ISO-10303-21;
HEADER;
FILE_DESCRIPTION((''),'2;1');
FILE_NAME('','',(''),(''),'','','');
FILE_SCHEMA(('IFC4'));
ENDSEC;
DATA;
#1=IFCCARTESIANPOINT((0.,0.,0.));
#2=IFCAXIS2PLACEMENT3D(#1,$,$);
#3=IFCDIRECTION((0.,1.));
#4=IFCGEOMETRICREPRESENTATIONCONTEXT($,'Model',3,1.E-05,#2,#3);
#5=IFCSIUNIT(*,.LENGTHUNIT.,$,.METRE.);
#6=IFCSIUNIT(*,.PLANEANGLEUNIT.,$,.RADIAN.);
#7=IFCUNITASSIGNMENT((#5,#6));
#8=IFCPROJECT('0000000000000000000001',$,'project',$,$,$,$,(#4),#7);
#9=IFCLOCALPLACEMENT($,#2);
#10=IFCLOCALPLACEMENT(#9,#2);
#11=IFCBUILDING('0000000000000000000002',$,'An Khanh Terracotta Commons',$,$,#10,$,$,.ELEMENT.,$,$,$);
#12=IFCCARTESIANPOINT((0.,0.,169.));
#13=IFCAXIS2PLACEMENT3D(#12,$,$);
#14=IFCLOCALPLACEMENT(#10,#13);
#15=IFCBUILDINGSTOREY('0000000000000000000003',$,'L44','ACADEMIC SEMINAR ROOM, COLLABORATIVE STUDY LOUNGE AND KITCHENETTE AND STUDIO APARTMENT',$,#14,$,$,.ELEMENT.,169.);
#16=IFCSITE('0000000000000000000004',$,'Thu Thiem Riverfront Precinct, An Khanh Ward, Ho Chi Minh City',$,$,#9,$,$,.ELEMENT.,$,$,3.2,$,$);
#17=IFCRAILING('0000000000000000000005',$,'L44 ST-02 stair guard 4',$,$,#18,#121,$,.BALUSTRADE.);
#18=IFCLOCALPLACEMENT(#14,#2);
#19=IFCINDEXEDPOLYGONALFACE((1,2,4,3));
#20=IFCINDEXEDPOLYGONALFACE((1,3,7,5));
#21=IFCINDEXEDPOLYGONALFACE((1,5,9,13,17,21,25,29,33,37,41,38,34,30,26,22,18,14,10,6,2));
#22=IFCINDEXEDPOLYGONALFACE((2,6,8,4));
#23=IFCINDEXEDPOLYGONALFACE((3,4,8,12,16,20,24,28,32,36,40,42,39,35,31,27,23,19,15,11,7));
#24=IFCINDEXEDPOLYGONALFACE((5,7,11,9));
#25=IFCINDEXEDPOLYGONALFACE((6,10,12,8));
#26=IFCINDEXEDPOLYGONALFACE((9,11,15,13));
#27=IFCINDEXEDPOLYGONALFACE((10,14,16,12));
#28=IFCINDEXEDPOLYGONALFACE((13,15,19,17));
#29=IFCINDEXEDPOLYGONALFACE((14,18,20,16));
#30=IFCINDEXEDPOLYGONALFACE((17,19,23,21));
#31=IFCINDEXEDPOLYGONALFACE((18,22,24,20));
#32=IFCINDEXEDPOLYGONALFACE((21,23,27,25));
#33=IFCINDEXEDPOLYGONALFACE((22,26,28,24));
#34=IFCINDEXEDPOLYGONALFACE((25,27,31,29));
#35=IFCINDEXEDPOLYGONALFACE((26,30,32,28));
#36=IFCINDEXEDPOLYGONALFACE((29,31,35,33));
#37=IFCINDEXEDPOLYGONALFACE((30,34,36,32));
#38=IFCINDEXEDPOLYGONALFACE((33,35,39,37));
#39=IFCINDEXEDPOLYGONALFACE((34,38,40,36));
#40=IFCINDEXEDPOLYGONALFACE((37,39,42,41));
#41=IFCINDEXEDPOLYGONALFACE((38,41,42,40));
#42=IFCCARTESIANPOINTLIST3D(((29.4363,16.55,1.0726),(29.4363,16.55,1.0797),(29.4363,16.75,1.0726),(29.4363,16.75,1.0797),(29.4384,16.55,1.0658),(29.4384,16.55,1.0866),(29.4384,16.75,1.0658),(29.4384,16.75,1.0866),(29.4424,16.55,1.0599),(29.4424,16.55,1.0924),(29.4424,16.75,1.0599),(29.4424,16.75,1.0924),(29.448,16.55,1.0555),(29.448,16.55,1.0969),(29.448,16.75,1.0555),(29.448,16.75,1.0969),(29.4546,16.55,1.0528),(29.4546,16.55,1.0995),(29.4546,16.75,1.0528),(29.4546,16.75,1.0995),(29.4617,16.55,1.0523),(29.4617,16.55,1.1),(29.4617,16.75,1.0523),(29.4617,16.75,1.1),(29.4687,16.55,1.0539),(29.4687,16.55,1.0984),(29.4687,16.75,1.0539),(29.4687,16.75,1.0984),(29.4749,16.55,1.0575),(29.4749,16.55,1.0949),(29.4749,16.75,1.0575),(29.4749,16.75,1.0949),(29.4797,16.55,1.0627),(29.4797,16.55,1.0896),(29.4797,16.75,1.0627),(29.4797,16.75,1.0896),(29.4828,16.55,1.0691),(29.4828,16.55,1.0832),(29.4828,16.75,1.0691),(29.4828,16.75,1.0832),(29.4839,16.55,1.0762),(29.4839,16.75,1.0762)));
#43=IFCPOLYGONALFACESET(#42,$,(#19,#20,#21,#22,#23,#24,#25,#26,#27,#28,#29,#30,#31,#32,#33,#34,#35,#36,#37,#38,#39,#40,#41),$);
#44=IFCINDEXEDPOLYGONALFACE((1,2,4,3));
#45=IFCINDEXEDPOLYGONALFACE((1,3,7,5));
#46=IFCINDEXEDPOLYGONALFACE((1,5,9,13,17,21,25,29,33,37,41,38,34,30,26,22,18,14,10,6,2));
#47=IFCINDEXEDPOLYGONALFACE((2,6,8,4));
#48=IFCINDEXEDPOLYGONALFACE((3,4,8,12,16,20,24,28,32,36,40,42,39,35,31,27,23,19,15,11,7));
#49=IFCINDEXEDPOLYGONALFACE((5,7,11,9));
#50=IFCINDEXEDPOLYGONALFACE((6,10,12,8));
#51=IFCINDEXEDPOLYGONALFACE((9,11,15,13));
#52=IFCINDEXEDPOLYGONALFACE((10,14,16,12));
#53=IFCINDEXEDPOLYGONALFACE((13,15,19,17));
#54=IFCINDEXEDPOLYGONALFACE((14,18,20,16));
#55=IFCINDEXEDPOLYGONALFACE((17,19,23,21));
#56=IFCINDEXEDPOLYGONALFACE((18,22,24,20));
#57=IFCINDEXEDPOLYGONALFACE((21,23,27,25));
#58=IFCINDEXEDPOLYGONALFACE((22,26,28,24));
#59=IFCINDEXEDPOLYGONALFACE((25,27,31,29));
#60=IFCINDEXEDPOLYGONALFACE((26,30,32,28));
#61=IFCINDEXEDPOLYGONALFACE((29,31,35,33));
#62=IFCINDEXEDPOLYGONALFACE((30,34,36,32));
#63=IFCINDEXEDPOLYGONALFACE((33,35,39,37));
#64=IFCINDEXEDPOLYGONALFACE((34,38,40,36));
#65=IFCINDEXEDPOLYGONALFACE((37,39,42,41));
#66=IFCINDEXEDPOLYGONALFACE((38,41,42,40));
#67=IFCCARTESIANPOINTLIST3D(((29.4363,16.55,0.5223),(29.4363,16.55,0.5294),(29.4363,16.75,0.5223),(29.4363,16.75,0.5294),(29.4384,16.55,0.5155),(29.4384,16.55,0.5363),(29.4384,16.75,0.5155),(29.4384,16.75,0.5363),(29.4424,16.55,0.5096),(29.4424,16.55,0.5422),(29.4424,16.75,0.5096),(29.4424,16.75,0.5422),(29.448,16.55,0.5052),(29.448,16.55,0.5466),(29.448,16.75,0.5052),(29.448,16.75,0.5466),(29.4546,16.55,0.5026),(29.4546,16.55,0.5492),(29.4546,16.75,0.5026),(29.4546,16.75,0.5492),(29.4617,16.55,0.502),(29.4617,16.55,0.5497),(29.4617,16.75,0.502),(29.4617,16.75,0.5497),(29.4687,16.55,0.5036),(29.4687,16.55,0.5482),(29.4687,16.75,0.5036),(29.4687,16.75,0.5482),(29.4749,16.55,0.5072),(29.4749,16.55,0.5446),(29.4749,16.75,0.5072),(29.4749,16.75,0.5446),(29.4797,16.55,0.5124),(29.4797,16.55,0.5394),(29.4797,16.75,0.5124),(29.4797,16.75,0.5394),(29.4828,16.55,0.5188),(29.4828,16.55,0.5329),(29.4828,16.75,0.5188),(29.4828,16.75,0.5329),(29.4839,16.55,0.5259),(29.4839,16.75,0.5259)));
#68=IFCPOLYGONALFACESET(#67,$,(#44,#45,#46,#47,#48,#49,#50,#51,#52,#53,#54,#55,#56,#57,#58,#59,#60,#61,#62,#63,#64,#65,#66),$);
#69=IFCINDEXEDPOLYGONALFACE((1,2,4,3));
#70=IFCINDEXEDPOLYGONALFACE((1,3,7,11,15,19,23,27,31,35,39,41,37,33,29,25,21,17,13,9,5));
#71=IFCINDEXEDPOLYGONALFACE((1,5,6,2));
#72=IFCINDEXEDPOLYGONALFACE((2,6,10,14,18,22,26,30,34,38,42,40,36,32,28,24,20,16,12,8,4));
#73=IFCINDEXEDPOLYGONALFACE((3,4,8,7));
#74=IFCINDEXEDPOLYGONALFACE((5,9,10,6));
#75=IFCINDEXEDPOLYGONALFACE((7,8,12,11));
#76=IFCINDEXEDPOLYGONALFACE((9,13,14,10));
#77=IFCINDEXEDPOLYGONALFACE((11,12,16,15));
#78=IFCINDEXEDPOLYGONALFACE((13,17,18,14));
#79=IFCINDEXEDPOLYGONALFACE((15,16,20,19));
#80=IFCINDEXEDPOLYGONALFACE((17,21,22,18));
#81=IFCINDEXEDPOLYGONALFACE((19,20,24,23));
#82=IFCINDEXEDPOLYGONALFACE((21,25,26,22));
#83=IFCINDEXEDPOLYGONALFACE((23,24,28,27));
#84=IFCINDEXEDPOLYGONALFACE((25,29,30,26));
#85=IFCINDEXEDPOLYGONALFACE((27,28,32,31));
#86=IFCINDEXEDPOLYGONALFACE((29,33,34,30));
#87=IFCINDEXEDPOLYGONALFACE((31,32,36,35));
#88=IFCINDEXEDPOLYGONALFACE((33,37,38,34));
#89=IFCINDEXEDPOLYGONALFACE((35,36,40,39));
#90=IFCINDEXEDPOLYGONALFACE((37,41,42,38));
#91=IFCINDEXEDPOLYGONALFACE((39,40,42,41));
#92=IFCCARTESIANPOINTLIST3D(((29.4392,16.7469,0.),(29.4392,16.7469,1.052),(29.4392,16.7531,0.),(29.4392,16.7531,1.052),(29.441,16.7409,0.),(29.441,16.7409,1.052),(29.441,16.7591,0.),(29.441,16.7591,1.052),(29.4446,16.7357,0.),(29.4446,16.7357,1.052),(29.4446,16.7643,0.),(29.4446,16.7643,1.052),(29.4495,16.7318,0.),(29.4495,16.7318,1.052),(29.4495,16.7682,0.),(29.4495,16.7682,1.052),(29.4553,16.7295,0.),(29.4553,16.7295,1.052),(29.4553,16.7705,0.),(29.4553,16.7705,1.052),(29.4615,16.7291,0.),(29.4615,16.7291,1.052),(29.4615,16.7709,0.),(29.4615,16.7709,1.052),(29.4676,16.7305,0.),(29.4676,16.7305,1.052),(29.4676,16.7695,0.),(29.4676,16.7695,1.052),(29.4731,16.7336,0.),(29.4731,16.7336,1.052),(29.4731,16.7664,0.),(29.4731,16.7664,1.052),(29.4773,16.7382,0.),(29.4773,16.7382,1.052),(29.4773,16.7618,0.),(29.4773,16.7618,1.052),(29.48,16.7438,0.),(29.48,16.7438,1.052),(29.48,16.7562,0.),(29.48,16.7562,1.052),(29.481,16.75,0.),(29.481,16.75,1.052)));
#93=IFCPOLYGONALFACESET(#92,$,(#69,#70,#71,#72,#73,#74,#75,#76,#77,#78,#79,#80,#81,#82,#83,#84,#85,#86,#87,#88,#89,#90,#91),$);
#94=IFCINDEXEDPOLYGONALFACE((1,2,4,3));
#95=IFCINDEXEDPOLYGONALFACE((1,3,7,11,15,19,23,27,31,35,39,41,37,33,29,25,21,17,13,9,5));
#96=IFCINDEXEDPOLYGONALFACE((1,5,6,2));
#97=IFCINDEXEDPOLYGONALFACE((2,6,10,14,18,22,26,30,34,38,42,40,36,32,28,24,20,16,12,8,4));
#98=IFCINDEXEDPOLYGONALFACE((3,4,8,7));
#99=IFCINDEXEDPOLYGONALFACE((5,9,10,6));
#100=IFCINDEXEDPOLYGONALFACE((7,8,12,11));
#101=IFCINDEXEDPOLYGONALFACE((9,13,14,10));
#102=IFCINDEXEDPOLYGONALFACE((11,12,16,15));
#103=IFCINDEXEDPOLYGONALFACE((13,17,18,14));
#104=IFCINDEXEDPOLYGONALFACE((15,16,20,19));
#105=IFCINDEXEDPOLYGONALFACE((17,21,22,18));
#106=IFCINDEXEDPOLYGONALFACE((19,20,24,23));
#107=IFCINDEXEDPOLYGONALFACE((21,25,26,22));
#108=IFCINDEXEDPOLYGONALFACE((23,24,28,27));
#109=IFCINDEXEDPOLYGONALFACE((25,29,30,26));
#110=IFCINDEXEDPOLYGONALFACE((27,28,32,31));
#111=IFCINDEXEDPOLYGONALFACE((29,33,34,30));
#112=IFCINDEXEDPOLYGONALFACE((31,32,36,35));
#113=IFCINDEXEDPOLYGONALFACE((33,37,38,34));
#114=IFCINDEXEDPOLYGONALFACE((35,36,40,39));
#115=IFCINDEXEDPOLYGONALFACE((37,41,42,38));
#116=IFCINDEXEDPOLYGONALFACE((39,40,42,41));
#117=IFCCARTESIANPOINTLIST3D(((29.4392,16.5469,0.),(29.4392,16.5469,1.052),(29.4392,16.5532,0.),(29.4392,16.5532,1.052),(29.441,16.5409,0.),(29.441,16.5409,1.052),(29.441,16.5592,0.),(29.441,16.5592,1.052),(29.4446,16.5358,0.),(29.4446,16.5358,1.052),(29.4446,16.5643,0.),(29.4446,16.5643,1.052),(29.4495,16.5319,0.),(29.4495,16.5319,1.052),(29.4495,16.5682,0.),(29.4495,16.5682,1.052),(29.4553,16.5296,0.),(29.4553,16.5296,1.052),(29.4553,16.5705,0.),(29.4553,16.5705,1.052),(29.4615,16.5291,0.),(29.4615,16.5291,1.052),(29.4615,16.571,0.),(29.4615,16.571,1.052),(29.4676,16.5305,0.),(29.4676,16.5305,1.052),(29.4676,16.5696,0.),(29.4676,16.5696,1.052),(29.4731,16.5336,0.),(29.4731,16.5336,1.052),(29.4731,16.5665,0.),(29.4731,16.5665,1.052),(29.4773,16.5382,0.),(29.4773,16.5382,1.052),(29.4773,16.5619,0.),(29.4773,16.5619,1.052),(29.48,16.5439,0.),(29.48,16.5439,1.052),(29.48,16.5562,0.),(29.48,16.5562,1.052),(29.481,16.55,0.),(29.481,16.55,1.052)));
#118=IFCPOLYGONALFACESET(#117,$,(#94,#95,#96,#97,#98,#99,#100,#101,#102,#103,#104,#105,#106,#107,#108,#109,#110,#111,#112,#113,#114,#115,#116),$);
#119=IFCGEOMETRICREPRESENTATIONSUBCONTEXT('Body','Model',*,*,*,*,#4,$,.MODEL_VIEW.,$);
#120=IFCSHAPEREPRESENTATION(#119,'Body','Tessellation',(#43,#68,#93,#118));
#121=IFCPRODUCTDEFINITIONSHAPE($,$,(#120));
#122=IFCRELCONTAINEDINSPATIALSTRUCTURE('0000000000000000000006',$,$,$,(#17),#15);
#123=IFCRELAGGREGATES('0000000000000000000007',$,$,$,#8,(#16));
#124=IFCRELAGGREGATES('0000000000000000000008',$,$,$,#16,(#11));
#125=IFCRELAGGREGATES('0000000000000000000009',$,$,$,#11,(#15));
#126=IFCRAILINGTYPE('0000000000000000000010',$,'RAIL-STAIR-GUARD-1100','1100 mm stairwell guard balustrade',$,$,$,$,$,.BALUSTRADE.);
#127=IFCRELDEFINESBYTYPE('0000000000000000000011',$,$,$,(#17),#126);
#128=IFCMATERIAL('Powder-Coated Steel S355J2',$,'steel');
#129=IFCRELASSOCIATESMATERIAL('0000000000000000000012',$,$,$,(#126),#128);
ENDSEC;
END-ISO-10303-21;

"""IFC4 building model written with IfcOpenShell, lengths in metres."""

from ifc_helpers import new_model, si_unit, direction, frame, origin, origin_2d, place, context, subcontext, project, spatial, circle, extrude, material, type_object, element, save


model = new_model("IFC4")

# Units and contexts
model_context = context("Model", 3, precision=1e-05, world=origin(), true_north=direction((0.0, 1.0)))
body_context = subcontext(model_context, "Body", "Model", "MODEL_VIEW")
ifc_project = project(units=[si_unit("LENGTHUNIT", "METRE"), si_unit("PLANEANGLEUNIT", "RADIAN")], contexts=[model_context])

# Site, building, storey
site_placement = place(None, origin())
site = spatial("IfcSite", under=ifc_project, at=site_placement, Name="Thu Thiem Riverfront Precinct, An Khanh Ward, Ho Chi Minh City", CompositionType="ELEMENT", RefElevation=3.2)
building_placement = place(site_placement, origin())
building = spatial("IfcBuilding", under=site, at=building_placement, Name="An Khanh Terracotta Commons", CompositionType="ELEMENT")
storey_placement = place(building_placement, frame((0.0, 0.0, 169.0)))
storey = spatial("IfcBuildingStorey", under=building, at=storey_placement, Name="L44", Description="ACADEMIC SEMINAR ROOM, COLLABORATIVE STUDY LOUNGE AND KITCHENETTE AND STUDIO APARTMENT", CompositionType="ELEMENT", Elevation=169.0)

# Railing
ifc_material_1 = material(Name="Powder-Coated Steel S355J2", Category="steel")
railing_type_1 = type_object("IfcRailingType", Name="RAIL-STAIR-GUARD-1100", Description="1100 mm stairwell guard balustrade", PredefinedType="BALUSTRADE", material=ifc_material_1)
railing_1_placement = place(storey_placement, frame((29.46, 16.75, 0.0)))
element("IfcRailing", 1, at=railing_1_placement, inside=storey, type_object=railing_type_1, Name="L44 ST-02 stair guard 4", PredefinedType="BALUSTRADE", context=body_context, shape_type="SweptSolid", body=[
    extrude(circle(Radius=0.0239, at=origin_2d()), frame((0.0, 0.0, 1.0762), z_axis=(0.0, -1.0, 0.0), x_axis=(1.0, 0.0, 0.0)), (0.0, 0.0, 1.0), 0.2),
    extrude(circle(Radius=0.0239, at=origin_2d()), frame((0.0, 0.0, 0.5259), z_axis=(0.0, -1.0, 0.0), x_axis=(1.0, 0.0, 0.0)), (0.0, 0.0, 1.0), 0.2),
    extrude(circle(Radius=0.021, at=origin_2d()), origin(), (0.0, 0.0, 1.0), 1.052),
    extrude(circle(Radius=0.021, at=origin_2d()), frame((0.0, -0.2, 0.0)), (0.0, 0.0, 1.0), 1.052),
])

save(model, "model.ifc")
